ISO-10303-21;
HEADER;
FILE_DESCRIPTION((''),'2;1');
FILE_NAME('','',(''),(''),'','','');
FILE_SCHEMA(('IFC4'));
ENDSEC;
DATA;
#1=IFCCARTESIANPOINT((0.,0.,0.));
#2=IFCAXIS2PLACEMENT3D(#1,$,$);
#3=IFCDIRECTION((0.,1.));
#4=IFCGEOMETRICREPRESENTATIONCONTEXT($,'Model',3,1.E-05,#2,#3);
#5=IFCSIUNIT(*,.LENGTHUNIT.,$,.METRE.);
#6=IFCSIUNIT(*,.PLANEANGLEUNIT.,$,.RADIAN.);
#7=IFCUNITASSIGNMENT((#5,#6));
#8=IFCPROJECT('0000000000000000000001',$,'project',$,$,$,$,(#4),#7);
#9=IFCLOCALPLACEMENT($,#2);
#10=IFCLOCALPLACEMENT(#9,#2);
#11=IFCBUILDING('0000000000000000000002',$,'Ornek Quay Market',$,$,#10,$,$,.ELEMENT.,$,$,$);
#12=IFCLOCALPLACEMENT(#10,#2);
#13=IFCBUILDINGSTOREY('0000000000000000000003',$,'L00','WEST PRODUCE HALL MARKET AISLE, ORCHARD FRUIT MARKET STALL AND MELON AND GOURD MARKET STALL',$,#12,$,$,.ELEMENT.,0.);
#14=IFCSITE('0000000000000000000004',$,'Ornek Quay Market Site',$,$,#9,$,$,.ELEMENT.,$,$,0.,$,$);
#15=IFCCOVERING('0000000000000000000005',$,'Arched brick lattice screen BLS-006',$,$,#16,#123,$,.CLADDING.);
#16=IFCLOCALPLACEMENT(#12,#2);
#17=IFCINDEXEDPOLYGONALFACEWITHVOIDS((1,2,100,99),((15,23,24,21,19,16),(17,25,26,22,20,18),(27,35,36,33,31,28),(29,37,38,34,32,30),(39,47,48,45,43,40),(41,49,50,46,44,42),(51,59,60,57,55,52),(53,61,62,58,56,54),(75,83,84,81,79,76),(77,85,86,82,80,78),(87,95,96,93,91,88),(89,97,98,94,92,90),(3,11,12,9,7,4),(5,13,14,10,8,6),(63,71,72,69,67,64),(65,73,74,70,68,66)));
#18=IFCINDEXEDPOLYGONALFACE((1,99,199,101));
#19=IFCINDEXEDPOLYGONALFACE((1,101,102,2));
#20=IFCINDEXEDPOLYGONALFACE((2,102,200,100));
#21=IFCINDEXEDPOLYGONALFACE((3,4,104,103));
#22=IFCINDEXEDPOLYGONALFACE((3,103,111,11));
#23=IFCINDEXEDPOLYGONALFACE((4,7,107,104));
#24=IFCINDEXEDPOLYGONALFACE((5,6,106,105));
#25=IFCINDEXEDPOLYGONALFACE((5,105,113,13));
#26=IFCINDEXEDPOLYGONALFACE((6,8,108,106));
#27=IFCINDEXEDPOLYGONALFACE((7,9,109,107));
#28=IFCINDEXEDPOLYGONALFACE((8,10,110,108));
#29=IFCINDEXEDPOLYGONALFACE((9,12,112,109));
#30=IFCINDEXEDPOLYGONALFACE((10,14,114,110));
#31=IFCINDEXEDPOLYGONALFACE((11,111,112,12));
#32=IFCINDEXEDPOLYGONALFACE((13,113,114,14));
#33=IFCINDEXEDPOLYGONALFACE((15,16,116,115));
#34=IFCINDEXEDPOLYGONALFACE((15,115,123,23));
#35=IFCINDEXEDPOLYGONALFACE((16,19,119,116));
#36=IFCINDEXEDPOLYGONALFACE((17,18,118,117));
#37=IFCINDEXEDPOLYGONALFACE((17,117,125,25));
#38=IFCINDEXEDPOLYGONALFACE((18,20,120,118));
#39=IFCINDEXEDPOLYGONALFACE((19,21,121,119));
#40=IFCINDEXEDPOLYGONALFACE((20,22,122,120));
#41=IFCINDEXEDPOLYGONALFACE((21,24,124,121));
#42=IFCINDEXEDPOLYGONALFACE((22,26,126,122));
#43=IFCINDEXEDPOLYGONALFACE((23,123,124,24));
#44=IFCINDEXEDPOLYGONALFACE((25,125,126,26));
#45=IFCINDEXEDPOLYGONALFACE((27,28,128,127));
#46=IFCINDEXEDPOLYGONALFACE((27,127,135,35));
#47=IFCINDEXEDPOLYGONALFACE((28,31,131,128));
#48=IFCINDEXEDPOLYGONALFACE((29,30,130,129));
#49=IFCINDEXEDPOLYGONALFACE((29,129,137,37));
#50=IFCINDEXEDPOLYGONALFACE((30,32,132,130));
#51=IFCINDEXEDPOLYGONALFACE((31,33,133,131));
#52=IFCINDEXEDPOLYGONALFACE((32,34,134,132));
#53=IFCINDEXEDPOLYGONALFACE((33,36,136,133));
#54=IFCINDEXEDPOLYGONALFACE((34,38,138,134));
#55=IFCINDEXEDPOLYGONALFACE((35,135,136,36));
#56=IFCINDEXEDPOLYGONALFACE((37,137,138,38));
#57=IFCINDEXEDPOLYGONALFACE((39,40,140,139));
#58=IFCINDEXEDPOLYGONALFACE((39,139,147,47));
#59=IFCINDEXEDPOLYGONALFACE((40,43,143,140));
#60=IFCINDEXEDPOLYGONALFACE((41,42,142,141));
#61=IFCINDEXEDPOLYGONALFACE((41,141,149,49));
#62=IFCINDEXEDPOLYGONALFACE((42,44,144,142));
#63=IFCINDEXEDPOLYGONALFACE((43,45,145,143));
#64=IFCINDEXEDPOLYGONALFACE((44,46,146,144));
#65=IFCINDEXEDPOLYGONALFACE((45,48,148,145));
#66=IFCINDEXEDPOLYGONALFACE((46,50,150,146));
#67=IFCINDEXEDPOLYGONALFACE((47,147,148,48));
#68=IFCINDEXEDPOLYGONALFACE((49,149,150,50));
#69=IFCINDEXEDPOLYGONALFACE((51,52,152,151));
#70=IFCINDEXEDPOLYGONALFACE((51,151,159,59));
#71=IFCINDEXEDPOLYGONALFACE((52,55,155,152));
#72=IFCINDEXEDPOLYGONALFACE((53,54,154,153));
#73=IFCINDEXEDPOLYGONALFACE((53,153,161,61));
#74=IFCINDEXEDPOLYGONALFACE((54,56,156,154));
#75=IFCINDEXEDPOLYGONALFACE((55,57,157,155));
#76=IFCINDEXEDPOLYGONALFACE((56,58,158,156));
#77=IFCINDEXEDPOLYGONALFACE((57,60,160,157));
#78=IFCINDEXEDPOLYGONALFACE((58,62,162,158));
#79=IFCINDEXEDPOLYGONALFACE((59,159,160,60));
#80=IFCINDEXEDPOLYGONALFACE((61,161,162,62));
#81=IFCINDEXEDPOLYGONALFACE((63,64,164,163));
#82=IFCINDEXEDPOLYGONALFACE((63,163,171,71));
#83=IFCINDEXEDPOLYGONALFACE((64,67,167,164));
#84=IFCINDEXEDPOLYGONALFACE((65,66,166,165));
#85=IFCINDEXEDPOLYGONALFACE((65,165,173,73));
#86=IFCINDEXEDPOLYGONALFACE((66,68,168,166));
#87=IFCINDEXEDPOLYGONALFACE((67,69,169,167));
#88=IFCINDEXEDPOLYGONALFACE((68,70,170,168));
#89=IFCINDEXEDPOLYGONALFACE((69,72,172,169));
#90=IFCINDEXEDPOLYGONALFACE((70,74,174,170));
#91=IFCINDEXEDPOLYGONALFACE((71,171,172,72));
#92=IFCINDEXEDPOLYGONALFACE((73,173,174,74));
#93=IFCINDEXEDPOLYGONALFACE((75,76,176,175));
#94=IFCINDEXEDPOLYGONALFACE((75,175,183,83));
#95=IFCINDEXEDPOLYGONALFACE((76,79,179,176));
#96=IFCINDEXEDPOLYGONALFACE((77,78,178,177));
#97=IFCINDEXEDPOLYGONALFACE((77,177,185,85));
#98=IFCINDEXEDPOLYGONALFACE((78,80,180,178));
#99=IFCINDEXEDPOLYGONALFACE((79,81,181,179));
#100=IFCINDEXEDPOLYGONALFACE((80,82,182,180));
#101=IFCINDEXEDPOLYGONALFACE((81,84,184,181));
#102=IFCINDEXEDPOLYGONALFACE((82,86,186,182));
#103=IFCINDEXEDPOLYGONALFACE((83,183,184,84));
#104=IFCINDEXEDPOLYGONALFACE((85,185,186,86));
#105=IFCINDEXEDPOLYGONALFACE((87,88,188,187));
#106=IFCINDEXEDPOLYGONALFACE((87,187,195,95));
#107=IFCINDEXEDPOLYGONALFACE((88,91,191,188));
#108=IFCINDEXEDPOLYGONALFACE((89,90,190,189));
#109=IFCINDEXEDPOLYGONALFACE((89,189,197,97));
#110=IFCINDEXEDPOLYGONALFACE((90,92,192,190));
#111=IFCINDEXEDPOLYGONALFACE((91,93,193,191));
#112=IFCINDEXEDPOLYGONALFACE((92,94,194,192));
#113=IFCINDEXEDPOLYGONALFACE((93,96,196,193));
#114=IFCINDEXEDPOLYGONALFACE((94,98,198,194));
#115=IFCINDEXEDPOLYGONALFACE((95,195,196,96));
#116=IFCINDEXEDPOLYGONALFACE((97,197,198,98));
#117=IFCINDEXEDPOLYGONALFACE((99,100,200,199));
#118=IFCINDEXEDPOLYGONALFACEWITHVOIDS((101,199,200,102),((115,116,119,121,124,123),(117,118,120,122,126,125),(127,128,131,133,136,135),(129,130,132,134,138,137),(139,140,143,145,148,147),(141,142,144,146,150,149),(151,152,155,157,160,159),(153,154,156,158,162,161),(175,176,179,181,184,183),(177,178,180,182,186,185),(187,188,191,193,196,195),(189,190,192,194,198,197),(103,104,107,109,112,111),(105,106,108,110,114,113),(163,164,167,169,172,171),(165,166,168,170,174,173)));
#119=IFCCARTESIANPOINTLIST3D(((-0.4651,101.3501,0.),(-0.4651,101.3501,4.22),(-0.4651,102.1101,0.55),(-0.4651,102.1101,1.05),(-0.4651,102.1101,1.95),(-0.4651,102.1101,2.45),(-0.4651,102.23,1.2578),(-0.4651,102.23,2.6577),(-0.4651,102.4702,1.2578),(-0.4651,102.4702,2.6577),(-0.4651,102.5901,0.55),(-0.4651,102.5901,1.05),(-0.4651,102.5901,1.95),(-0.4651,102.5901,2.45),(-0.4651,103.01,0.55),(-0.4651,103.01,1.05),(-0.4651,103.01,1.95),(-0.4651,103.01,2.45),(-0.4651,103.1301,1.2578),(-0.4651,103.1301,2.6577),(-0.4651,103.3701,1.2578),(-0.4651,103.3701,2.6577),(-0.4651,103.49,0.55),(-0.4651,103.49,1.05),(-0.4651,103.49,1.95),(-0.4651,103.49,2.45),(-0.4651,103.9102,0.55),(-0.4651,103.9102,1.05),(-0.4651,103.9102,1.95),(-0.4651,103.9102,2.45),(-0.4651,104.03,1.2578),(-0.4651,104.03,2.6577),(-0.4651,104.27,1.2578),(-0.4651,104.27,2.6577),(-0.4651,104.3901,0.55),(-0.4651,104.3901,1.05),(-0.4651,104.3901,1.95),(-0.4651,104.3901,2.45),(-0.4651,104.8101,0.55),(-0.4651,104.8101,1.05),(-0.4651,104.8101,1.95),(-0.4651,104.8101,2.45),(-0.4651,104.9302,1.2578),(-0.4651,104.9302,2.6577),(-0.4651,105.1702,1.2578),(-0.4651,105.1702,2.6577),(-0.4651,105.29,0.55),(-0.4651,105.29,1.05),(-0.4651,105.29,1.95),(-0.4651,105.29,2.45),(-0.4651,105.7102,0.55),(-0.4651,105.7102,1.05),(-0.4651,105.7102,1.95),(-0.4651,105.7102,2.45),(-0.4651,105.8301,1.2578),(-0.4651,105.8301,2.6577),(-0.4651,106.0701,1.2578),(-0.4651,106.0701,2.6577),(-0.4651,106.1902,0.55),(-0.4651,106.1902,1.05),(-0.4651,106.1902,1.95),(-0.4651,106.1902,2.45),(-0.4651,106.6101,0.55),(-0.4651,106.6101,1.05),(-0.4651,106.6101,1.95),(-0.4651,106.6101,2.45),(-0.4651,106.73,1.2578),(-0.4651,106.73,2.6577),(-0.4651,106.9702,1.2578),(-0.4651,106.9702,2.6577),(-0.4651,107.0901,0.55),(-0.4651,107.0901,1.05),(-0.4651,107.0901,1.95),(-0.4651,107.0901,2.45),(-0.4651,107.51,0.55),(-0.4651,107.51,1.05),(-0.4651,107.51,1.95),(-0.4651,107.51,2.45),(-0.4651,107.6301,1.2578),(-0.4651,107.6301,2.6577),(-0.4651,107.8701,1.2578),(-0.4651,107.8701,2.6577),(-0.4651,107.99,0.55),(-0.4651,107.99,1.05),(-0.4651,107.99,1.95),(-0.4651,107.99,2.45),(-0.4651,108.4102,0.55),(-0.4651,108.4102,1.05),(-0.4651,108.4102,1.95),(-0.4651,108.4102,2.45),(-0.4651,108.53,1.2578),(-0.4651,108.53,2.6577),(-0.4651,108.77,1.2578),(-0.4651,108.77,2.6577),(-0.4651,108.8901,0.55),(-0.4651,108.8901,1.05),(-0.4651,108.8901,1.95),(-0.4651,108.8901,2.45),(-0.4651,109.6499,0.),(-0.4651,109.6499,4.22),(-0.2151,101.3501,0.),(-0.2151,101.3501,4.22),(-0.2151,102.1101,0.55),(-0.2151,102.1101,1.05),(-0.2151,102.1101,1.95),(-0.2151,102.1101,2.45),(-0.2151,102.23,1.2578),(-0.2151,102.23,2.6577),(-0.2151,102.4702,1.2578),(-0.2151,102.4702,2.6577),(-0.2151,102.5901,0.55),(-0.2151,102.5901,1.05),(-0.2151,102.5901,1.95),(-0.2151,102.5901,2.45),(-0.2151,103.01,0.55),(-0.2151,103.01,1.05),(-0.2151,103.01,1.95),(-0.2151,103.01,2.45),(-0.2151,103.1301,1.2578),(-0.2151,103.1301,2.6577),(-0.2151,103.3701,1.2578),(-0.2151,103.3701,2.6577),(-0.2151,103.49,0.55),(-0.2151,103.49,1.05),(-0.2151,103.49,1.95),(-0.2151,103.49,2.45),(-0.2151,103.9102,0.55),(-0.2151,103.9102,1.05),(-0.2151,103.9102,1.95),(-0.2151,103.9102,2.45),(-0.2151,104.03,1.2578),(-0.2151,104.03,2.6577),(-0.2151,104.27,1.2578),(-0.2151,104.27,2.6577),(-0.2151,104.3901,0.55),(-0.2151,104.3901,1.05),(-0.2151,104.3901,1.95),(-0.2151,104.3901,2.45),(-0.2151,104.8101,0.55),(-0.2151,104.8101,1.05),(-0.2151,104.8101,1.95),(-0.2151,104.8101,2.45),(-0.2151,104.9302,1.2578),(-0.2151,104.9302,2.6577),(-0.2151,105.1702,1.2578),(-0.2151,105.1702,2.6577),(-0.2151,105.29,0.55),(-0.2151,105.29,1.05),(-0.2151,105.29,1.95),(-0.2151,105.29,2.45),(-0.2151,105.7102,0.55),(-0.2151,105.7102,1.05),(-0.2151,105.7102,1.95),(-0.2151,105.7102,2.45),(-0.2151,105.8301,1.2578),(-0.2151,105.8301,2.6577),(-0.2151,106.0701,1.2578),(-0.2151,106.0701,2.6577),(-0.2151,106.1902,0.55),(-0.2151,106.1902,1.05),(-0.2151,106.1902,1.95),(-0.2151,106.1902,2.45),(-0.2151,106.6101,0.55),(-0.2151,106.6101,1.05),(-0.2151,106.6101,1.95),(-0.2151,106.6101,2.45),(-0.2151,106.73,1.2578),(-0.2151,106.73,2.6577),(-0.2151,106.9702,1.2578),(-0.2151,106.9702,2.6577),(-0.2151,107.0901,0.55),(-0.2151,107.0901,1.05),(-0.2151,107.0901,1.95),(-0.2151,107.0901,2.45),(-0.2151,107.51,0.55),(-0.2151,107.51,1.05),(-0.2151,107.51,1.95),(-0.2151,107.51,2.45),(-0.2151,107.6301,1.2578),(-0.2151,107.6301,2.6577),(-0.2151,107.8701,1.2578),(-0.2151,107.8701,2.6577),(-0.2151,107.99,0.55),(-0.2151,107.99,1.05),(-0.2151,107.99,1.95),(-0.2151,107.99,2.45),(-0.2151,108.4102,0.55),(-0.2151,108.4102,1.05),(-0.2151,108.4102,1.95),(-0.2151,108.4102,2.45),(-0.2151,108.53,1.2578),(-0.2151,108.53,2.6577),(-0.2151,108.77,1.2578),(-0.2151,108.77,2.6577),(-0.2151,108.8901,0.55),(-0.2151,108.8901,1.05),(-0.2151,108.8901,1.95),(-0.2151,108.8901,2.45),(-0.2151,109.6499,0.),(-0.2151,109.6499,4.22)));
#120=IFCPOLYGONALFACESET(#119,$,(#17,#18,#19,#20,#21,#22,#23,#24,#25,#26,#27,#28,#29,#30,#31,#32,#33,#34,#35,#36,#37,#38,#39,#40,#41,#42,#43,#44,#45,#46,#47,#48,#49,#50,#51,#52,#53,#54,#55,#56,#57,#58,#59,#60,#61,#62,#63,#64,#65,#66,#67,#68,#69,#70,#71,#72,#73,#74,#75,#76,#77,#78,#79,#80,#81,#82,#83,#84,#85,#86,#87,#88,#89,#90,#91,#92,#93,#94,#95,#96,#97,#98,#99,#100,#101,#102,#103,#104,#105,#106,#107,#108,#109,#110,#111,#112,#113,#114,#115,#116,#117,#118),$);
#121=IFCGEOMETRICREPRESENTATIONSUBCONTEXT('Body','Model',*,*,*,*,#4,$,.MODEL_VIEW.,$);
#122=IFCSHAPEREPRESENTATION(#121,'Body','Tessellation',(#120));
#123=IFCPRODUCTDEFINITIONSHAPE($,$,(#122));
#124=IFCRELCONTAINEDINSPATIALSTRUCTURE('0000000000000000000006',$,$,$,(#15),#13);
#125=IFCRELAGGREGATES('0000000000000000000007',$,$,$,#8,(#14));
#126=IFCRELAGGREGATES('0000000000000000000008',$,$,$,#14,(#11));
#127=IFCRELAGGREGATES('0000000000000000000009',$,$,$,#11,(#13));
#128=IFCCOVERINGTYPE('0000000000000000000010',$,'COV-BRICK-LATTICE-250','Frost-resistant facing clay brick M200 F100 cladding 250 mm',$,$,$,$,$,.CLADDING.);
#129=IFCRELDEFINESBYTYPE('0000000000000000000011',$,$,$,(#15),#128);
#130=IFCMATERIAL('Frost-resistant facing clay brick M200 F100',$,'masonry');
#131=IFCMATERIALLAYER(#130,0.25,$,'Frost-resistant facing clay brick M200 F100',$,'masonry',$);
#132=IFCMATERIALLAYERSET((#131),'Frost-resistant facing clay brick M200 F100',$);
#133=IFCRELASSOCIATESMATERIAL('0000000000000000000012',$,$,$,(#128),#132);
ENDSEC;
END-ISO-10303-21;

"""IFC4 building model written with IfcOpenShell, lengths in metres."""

from ifc_helpers import new_model, si_unit, direction, frame, origin, place, context, subcontext, project, spatial, polyline, outline, extrude, material, layer, layer_set, type_object, element, save


model = new_model("IFC4")

# Units and contexts
model_context = context("Model", 3, precision=1e-05, world=origin(), true_north=direction((0.0, 1.0)))
body_context = subcontext(model_context, "Body", "Model", "MODEL_VIEW")
ifc_project = project(units=[si_unit("LENGTHUNIT", "METRE"), si_unit("PLANEANGLEUNIT", "RADIAN")], contexts=[model_context])

# Site, building, storey
site_placement = place(None, origin())
site = spatial("IfcSite", under=ifc_project, at=site_placement, Name="Ornek Quay Market Site", CompositionType="ELEMENT", RefElevation=0.0)
building_placement = place(site_placement, origin())
building = spatial("IfcBuilding", under=site, at=building_placement, Name="Ornek Quay Market", CompositionType="ELEMENT")
storey_placement = place(building_placement, origin())
storey = spatial("IfcBuildingStorey", under=building, at=storey_placement, Name="L00", Description="WEST PRODUCE HALL MARKET AISLE, ORCHARD FRUIT MARKET STALL AND MELON AND GOURD MARKET STALL", CompositionType="ELEMENT", Elevation=0.0)

# Shared definitions
ifc_material_1 = material(Name="Frost-resistant facing clay brick M200 F100", Category="masonry")

# Covering
ifc_layer_1 = layer(ifc_material_1, 0.25, Name="Frost-resistant facing clay brick M200 F100", Category="masonry")
ifc_layer_set_1 = layer_set([ifc_layer_1], Name="Frost-resistant facing clay brick M200 F100")
covering_type = type_object("IfcCoveringType", Name="COV-BRICK-LATTICE-250", Description="Frost-resistant facing clay brick M200 F100 cladding 250 mm", PredefinedType="CLADDING", material=ifc_layer_set_1)
covering_placement = place(storey_placement, frame((-0.3401, 101.3501, 0.0), z_axis=(0.0, 0.0, 1.0), x_axis=(0.0, 1.0, 0.0)))
element("IfcCovering", 1, at=covering_placement, inside=storey, type_object=covering_type, Name="Arched brick lattice screen BLS-006", PredefinedType="CLADDING", context=body_context, shape_type="SweptSolid", body=[
    extrude(outline(polyline([(0.0, 0.0), (8.2998, 0.0), (8.2998, 4.22), (0.0, 4.22), (0.0, 0.0)]), holes=[polyline([(0.76, 0.55), (1.24, 0.55), (1.24, 1.05), (1.1201, 1.2578), (0.8799, 1.2578), (0.76, 1.05), (0.76, 0.55)]), polyline([(0.76, 1.95), (1.24, 1.95), (1.24, 2.45), (1.1201, 2.6577), (0.8799, 2.6577), (0.76, 2.45), (0.76, 1.95)]), polyline([(1.6599, 0.55), (2.1399, 0.55), (2.1399, 1.05), (2.02, 1.2578), (1.78, 1.2578), (1.6599, 1.05), (1.6599, 0.55)]), polyline([(1.6599, 1.95), (2.1399, 1.95), (2.1399, 2.45), (2.02, 2.6577), (1.78, 2.6577), (1.6599, 2.45), (1.6599, 1.95)]), polyline([(2.5601, 0.55), (3.04, 0.55), (3.04, 1.05), (2.9199, 1.2578), (2.6799, 1.2578), (2.5601, 1.05), (2.5601, 0.55)]), polyline([(2.5601, 1.95), (3.04, 1.95), (3.04, 2.45), (2.9199, 2.6577), (2.6799, 2.6577), (2.5601, 2.45), (2.5601, 1.95)]), polyline([(3.46, 0.55), (3.9399, 0.55), (3.9399, 1.05), (3.8201, 1.2578), (3.5801, 1.2578), (3.46, 1.05), (3.46, 0.55)]), polyline([(3.46, 1.95), (3.9399, 1.95), (3.9399, 2.45), (3.8201, 2.6577), (3.5801, 2.6577), (3.46, 2.45), (3.46, 1.95)]), polyline([(4.3601, 0.55), (4.8401, 0.55), (4.8401, 1.05), (4.72, 1.2578), (4.48, 1.2578), (4.3601, 1.05), (4.3601, 0.55)]), polyline([(4.3601, 1.95), (4.8401, 1.95), (4.8401, 2.45), (4.72, 2.6577), (4.48, 2.6577), (4.3601, 2.45), (4.3601, 1.95)]), polyline([(5.26, 0.55), (5.74, 0.55), (5.74, 1.05), (5.6201, 1.2578), (5.3799, 1.2578), (5.26, 1.05), (5.26, 0.55)]), polyline([(5.26, 1.95), (5.74, 1.95), (5.74, 2.45), (5.6201, 2.6577), (5.3799, 2.6577), (5.26, 2.45), (5.26, 1.95)]), polyline([(6.1599, 0.55), (6.6399, 0.55), (6.6399, 1.05), (6.52, 1.2578), (6.28, 1.2578), (6.1599, 1.05), (6.1599, 0.55)]), polyline([(6.1599, 1.95), (6.6399, 1.95), (6.6399, 2.45), (6.52, 2.6577), (6.28, 2.6577), (6.1599, 2.45), (6.1599, 1.95)]), polyline([(7.0601, 0.55), (7.54, 0.55), (7.54, 1.05), (7.4199, 1.2578), (7.1799, 1.2578), (7.0601, 1.05), (7.0601, 0.55)]), polyline([(7.0601, 1.95), (7.54, 1.95), (7.54, 2.45), (7.4199, 2.6577), (7.1799, 2.6577), (7.0601, 2.45), (7.0601, 1.95)])]), frame((0.0, 0.125, 0.0), z_axis=(0.0, -1.0, 0.0), x_axis=(1.0, 0.0, 0.0)), (0.0, 0.0, 1.0), 0.25),
])

save(model, "model.ifc")
